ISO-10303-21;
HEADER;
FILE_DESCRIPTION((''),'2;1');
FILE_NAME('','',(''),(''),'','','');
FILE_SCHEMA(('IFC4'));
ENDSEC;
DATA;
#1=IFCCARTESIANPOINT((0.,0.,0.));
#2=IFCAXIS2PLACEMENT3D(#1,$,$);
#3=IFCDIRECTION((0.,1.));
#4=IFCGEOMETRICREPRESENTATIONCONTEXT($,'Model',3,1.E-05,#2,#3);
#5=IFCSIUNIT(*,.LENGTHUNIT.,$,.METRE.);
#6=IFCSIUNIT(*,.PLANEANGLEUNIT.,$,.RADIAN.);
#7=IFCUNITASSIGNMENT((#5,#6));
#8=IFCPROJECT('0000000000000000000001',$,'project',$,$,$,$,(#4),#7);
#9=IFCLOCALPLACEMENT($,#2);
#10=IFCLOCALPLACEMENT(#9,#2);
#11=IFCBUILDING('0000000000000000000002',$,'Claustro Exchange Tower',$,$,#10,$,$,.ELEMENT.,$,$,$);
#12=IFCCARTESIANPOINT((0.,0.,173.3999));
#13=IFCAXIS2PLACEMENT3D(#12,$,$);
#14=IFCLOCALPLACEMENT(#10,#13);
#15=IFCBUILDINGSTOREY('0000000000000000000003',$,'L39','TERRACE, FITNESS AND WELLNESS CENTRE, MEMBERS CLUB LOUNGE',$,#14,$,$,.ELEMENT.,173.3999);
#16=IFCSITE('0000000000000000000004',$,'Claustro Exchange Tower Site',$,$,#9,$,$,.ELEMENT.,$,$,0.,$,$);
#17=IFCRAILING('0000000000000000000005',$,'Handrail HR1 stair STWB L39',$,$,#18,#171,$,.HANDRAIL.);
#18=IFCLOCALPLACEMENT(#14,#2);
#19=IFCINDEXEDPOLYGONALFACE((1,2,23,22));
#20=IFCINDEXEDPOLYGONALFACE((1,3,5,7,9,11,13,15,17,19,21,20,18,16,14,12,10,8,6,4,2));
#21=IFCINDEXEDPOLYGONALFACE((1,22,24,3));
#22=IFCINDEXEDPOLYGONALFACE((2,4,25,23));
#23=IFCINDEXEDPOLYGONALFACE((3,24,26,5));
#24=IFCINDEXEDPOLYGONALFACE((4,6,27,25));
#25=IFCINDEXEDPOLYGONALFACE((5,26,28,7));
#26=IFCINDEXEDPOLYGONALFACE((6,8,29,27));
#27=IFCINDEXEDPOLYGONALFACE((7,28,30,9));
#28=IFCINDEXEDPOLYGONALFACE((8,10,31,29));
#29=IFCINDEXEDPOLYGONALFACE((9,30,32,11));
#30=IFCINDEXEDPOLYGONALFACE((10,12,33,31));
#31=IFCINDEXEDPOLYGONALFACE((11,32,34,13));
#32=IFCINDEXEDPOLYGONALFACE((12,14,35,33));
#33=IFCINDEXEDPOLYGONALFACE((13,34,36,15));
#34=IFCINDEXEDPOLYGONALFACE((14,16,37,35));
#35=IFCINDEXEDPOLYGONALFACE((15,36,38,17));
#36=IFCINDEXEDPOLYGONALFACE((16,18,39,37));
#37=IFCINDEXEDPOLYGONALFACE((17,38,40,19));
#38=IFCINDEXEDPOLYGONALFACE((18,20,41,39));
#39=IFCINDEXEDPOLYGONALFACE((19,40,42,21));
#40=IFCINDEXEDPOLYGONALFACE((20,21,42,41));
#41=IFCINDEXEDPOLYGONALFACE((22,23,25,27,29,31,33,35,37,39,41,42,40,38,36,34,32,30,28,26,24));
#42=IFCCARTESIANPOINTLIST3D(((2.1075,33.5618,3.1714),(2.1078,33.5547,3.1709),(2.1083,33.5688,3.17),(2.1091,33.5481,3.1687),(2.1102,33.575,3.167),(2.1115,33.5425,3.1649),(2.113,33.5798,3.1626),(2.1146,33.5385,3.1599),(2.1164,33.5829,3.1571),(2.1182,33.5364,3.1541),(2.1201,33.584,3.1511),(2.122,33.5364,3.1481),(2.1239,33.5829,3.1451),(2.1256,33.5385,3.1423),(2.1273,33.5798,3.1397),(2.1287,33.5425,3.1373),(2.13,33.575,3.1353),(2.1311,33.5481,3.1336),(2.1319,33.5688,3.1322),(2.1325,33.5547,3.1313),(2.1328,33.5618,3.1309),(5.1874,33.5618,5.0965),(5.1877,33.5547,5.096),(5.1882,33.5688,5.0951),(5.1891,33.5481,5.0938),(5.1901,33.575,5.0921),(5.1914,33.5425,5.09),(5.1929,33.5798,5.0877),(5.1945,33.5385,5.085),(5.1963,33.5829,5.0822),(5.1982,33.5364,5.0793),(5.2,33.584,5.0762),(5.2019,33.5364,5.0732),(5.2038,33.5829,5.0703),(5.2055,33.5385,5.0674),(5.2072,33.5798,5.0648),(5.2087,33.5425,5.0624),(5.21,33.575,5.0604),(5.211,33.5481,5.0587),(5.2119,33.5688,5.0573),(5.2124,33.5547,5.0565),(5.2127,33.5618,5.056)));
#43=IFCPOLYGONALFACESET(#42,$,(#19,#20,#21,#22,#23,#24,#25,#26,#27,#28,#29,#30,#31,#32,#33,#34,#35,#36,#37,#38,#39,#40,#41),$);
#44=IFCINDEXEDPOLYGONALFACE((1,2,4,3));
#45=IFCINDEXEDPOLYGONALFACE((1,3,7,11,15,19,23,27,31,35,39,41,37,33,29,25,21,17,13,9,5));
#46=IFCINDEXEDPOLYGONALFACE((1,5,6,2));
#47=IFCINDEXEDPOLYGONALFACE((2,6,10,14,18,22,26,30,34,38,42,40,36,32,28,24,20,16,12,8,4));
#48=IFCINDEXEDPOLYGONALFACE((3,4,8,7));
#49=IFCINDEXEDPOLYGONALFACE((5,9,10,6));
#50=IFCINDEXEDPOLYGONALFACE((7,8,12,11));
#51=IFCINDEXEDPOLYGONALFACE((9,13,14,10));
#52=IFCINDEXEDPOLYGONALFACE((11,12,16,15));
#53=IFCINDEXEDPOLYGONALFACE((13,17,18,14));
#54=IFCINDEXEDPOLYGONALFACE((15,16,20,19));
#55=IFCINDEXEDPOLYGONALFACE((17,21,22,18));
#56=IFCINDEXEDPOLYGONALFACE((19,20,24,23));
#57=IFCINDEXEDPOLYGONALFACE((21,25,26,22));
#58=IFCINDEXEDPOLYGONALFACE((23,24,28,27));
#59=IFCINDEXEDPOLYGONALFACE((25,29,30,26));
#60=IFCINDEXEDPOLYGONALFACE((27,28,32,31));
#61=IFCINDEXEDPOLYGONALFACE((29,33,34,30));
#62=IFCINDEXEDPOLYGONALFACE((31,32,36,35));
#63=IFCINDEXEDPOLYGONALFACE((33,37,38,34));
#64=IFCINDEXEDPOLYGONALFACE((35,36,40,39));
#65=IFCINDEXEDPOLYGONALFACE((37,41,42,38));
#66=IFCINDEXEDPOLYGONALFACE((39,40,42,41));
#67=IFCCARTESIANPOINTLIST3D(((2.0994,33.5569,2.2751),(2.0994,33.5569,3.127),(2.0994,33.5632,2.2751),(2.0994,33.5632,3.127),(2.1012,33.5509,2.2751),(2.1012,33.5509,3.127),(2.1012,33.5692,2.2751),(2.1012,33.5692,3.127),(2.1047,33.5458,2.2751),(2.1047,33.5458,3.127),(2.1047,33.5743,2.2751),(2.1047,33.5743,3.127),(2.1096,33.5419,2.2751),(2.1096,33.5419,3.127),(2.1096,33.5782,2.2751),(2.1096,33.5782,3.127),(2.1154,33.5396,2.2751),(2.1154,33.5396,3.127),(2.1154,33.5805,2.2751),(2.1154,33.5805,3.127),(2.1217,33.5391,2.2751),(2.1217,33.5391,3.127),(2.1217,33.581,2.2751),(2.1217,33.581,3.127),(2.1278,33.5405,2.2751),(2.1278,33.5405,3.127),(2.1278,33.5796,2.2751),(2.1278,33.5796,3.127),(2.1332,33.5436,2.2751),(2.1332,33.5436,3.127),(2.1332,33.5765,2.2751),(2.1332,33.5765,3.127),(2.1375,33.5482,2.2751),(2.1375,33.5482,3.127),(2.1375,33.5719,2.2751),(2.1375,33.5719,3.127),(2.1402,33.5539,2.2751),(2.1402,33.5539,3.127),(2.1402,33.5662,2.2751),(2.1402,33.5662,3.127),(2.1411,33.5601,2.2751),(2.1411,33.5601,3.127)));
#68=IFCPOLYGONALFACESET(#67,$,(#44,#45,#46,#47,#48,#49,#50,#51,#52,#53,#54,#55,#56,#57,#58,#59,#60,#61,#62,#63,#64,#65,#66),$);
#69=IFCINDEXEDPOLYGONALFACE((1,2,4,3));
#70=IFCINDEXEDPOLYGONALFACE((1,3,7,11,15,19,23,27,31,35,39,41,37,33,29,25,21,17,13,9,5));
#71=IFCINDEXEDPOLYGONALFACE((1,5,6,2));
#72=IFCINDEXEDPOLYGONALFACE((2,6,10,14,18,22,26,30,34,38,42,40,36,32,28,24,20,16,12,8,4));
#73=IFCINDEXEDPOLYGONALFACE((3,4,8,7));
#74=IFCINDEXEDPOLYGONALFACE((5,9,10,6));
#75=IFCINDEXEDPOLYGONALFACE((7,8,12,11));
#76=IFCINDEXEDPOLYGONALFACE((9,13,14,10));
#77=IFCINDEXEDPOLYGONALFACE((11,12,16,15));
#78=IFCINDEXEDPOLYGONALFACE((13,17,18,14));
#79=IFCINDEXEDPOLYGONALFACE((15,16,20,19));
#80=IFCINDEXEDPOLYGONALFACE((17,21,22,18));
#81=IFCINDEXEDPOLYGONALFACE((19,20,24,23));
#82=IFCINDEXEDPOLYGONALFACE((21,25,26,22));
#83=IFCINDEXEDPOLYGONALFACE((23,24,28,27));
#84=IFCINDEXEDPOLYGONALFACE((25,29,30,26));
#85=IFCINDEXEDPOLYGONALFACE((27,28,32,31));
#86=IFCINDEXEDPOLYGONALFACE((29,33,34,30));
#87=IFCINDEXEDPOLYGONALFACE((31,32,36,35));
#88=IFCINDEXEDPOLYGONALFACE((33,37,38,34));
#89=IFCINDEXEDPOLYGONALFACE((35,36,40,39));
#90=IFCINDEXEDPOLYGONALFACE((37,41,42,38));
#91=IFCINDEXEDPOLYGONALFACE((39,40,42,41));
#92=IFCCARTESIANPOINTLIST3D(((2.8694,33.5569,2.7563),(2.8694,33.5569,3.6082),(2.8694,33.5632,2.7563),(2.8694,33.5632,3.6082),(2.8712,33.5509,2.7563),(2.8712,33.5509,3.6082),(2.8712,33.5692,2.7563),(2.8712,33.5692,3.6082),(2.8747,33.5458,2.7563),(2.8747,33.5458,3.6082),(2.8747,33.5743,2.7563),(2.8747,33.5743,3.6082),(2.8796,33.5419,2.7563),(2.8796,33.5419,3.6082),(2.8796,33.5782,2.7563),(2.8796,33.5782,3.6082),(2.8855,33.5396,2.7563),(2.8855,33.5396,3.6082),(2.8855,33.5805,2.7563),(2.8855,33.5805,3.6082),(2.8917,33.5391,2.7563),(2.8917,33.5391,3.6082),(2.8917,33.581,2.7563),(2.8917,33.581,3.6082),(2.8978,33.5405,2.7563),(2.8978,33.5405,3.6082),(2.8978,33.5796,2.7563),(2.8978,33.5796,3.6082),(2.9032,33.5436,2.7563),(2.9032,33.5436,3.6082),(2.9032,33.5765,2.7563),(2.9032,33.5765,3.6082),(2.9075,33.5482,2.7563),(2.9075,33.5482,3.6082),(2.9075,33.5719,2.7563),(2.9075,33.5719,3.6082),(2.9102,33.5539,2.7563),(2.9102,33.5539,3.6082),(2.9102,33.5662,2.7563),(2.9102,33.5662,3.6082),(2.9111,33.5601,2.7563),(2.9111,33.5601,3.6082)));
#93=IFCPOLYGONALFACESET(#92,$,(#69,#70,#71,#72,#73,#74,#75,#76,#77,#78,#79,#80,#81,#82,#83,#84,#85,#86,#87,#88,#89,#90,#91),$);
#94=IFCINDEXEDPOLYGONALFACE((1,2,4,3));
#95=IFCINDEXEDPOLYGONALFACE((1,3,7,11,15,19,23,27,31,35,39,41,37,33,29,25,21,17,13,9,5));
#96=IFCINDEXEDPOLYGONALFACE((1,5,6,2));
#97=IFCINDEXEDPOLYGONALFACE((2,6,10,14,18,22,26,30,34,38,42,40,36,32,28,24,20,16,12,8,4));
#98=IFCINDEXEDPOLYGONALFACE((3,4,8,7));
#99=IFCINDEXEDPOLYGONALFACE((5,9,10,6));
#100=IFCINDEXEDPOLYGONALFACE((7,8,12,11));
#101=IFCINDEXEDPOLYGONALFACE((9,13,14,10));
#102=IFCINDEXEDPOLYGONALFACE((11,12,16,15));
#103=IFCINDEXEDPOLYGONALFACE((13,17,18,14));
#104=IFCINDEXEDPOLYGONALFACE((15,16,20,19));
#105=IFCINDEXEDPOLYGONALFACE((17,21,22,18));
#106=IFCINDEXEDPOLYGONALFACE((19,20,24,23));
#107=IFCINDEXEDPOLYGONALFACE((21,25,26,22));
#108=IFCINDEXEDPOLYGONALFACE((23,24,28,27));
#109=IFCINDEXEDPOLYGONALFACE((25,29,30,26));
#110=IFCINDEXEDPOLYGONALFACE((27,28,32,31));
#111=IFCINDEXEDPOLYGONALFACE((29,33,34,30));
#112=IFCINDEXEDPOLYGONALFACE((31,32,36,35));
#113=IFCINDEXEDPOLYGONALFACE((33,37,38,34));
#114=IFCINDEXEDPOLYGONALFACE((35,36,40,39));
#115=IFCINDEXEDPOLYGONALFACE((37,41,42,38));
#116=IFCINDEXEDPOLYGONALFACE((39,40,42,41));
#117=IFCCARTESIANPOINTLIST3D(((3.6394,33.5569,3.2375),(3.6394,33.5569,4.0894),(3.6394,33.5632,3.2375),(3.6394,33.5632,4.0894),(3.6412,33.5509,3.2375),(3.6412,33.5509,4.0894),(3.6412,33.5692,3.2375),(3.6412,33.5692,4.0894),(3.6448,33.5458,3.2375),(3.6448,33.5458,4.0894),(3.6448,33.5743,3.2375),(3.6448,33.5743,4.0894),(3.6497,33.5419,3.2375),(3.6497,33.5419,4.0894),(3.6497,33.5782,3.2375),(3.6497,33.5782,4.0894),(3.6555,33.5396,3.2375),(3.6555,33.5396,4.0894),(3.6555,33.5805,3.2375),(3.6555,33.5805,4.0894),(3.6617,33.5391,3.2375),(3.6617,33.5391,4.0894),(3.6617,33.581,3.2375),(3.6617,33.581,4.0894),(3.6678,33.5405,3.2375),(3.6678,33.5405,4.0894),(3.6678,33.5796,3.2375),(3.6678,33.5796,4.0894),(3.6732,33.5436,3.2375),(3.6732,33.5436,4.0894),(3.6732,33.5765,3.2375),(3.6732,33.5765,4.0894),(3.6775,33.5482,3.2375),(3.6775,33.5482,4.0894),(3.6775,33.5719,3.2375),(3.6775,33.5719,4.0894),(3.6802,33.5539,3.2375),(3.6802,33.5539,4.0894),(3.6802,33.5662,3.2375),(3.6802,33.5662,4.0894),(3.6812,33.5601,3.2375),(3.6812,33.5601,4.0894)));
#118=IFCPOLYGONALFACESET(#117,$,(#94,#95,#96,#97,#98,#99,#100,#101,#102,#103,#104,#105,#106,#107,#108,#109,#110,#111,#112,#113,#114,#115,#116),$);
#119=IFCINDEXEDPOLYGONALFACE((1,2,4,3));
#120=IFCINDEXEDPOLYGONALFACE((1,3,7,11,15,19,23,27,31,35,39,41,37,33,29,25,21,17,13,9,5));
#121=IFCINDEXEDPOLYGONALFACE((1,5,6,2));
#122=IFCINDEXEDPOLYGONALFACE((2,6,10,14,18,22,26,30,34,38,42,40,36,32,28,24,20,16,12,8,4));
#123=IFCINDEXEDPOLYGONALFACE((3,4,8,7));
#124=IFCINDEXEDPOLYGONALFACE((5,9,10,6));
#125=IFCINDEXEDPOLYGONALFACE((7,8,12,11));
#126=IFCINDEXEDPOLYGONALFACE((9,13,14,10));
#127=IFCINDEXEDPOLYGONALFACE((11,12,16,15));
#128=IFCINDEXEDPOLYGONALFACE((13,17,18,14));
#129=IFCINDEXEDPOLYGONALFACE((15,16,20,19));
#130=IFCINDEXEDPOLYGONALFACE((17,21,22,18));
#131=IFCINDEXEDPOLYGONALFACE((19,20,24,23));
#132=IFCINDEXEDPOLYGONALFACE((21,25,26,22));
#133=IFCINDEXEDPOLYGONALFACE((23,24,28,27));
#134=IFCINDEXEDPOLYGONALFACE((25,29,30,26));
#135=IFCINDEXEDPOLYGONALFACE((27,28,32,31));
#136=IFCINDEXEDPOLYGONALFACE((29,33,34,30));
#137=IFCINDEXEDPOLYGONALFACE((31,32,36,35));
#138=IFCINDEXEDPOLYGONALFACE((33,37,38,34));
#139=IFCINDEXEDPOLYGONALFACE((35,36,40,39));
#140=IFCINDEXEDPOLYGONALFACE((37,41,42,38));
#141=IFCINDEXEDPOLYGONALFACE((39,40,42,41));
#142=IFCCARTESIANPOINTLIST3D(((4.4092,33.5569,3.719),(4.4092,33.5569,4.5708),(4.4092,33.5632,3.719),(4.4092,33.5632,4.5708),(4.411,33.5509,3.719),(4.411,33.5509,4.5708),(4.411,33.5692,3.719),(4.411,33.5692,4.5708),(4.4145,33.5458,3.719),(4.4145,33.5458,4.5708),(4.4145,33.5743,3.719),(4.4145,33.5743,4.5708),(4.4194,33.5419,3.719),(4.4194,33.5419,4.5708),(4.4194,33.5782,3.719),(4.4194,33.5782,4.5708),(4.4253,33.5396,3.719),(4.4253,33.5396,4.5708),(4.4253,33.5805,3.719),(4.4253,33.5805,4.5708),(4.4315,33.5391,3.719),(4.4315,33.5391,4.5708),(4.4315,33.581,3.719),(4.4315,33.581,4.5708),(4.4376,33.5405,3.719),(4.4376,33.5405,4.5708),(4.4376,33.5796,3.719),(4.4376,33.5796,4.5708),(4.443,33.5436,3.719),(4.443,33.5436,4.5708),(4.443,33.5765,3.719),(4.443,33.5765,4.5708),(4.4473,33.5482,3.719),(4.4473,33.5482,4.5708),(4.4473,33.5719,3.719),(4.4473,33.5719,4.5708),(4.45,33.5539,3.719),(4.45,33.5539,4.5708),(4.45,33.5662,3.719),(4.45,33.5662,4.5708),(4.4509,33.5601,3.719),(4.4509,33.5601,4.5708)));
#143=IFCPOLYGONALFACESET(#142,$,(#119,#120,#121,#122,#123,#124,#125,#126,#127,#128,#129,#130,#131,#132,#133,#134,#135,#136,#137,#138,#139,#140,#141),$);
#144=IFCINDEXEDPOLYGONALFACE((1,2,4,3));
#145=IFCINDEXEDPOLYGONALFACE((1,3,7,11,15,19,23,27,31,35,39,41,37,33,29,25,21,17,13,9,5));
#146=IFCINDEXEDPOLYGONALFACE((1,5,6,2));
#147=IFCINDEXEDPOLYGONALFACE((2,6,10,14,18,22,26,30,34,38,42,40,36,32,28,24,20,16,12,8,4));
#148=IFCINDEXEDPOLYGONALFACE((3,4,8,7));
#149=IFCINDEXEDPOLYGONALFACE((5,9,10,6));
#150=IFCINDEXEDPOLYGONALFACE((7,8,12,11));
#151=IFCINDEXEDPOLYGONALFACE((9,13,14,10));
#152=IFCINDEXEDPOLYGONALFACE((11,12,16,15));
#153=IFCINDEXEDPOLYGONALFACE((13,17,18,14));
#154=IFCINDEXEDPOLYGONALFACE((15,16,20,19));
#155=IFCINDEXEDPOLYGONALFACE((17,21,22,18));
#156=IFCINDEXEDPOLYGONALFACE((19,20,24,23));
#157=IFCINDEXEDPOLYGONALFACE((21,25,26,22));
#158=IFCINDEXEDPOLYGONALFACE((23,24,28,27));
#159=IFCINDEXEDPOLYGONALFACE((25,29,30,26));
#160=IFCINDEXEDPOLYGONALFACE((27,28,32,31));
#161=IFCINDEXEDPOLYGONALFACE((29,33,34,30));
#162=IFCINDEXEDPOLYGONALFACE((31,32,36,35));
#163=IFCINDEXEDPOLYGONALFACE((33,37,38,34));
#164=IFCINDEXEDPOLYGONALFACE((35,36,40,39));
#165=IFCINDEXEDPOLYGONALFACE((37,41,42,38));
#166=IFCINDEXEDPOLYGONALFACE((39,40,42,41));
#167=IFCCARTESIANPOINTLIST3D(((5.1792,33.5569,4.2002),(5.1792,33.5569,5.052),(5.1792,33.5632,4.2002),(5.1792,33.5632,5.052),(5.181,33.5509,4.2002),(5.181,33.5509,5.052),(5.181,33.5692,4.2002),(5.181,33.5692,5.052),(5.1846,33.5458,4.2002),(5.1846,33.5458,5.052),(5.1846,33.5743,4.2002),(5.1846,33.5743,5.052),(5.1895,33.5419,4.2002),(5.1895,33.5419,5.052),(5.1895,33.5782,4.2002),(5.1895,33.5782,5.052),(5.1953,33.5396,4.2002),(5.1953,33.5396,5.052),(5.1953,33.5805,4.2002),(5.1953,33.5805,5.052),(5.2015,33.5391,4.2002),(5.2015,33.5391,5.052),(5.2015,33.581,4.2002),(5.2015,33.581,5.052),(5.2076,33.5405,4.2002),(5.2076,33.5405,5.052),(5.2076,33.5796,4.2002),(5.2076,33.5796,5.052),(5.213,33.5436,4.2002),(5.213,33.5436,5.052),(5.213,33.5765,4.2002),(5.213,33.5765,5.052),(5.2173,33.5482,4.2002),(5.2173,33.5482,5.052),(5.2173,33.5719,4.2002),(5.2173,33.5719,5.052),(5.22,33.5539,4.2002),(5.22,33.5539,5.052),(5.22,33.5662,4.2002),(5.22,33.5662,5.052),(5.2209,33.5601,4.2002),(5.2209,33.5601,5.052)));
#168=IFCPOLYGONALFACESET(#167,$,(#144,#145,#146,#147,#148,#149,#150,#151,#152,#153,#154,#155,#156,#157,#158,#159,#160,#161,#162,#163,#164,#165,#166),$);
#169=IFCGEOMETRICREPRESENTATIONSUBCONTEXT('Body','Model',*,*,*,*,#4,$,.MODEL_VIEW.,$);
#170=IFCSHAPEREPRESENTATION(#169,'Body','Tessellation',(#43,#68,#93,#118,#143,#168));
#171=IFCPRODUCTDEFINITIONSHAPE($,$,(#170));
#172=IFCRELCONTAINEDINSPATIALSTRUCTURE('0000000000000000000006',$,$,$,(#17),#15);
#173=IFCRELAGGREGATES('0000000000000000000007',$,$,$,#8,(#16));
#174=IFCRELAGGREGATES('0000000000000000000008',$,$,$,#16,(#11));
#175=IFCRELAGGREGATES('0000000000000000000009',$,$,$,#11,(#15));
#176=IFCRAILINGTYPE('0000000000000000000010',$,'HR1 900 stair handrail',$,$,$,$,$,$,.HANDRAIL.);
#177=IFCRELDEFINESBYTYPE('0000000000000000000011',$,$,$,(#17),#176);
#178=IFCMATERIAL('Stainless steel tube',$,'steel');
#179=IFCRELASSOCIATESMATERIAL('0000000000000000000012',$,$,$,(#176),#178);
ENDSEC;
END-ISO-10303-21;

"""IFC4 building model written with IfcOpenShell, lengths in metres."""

from ifc_helpers import new_model, si_unit, direction, frame, origin, origin_2d, place, context, subcontext, project, spatial, circle, extrude, material, type_object, element, save


model = new_model("IFC4")

# Units and contexts
model_context = context("Model", 3, precision=1e-05, world=origin(), true_north=direction((0.0, 1.0)))
body_context = subcontext(model_context, "Body", "Model", "MODEL_VIEW")
ifc_project = project(units=[si_unit("LENGTHUNIT", "METRE"), si_unit("PLANEANGLEUNIT", "RADIAN")], contexts=[model_context])

# Site, building, storey
site_placement = place(None, origin())
site = spatial("IfcSite", under=ifc_project, at=site_placement, Name="Claustro Exchange Tower Site", CompositionType="ELEMENT", RefElevation=0.0)
building_placement = place(site_placement, origin())
building = spatial("IfcBuilding", under=site, at=building_placement, Name="Claustro Exchange Tower", CompositionType="ELEMENT")
storey_placement = place(building_placement, frame((0.0, 0.0, 173.3999)))
storey = spatial("IfcBuildingStorey", under=building, at=storey_placement, Name="L39", Description="TERRACE, FITNESS AND WELLNESS CENTRE, MEMBERS CLUB LOUNGE", CompositionType="ELEMENT", Elevation=173.3999)

# Railing
ifc_material_1 = material(Name="Stainless steel tube", Category="steel")
railing_type = type_object("IfcRailingType", Name="HR1 900 stair handrail", PredefinedType="HANDRAIL", material=ifc_material_1)
railing_placement = place(storey_placement, frame((2.1201, 33.5601, 2.2751)))
element("IfcRailing", 1, at=railing_placement, inside=storey, type_object=railing_type, Name="Handrail HR1 stair STWB L39", PredefinedType="HANDRAIL", context=body_context, shape_type="SweptSolid", body=[
    extrude(circle(Radius=0.0239, at=origin_2d()), frame((0.0, 0.0, 0.876), z_axis=(0.847979, 0.0, 0.530029), x_axis=(0.0, 1.0, 0.0)), (0.0, 0.0, 1.0), 3.6321),
    extrude(circle(Radius=0.021, at=origin_2d()), origin(), (0.0, 0.0, 1.0), 0.8518),
    extrude(circle(Radius=0.021, at=origin_2d()), frame((0.77, 0.0, 0.4812)), (0.0, 0.0, 1.0), 0.8518),
    extrude(circle(Radius=0.021, at=origin_2d()), frame((1.54, 0.0, 0.9624)), (0.0, 0.0, 1.0), 0.8518),
    extrude(circle(Radius=0.021, at=origin_2d()), frame((2.3098, 0.0, 1.4438)), (0.0, 0.0, 1.0), 0.8518),
    extrude(circle(Radius=0.021, at=origin_2d()), frame((3.0798, 0.0, 1.925)), (0.0, 0.0, 1.0), 0.8518),
])

save(model, "model.ifc")
